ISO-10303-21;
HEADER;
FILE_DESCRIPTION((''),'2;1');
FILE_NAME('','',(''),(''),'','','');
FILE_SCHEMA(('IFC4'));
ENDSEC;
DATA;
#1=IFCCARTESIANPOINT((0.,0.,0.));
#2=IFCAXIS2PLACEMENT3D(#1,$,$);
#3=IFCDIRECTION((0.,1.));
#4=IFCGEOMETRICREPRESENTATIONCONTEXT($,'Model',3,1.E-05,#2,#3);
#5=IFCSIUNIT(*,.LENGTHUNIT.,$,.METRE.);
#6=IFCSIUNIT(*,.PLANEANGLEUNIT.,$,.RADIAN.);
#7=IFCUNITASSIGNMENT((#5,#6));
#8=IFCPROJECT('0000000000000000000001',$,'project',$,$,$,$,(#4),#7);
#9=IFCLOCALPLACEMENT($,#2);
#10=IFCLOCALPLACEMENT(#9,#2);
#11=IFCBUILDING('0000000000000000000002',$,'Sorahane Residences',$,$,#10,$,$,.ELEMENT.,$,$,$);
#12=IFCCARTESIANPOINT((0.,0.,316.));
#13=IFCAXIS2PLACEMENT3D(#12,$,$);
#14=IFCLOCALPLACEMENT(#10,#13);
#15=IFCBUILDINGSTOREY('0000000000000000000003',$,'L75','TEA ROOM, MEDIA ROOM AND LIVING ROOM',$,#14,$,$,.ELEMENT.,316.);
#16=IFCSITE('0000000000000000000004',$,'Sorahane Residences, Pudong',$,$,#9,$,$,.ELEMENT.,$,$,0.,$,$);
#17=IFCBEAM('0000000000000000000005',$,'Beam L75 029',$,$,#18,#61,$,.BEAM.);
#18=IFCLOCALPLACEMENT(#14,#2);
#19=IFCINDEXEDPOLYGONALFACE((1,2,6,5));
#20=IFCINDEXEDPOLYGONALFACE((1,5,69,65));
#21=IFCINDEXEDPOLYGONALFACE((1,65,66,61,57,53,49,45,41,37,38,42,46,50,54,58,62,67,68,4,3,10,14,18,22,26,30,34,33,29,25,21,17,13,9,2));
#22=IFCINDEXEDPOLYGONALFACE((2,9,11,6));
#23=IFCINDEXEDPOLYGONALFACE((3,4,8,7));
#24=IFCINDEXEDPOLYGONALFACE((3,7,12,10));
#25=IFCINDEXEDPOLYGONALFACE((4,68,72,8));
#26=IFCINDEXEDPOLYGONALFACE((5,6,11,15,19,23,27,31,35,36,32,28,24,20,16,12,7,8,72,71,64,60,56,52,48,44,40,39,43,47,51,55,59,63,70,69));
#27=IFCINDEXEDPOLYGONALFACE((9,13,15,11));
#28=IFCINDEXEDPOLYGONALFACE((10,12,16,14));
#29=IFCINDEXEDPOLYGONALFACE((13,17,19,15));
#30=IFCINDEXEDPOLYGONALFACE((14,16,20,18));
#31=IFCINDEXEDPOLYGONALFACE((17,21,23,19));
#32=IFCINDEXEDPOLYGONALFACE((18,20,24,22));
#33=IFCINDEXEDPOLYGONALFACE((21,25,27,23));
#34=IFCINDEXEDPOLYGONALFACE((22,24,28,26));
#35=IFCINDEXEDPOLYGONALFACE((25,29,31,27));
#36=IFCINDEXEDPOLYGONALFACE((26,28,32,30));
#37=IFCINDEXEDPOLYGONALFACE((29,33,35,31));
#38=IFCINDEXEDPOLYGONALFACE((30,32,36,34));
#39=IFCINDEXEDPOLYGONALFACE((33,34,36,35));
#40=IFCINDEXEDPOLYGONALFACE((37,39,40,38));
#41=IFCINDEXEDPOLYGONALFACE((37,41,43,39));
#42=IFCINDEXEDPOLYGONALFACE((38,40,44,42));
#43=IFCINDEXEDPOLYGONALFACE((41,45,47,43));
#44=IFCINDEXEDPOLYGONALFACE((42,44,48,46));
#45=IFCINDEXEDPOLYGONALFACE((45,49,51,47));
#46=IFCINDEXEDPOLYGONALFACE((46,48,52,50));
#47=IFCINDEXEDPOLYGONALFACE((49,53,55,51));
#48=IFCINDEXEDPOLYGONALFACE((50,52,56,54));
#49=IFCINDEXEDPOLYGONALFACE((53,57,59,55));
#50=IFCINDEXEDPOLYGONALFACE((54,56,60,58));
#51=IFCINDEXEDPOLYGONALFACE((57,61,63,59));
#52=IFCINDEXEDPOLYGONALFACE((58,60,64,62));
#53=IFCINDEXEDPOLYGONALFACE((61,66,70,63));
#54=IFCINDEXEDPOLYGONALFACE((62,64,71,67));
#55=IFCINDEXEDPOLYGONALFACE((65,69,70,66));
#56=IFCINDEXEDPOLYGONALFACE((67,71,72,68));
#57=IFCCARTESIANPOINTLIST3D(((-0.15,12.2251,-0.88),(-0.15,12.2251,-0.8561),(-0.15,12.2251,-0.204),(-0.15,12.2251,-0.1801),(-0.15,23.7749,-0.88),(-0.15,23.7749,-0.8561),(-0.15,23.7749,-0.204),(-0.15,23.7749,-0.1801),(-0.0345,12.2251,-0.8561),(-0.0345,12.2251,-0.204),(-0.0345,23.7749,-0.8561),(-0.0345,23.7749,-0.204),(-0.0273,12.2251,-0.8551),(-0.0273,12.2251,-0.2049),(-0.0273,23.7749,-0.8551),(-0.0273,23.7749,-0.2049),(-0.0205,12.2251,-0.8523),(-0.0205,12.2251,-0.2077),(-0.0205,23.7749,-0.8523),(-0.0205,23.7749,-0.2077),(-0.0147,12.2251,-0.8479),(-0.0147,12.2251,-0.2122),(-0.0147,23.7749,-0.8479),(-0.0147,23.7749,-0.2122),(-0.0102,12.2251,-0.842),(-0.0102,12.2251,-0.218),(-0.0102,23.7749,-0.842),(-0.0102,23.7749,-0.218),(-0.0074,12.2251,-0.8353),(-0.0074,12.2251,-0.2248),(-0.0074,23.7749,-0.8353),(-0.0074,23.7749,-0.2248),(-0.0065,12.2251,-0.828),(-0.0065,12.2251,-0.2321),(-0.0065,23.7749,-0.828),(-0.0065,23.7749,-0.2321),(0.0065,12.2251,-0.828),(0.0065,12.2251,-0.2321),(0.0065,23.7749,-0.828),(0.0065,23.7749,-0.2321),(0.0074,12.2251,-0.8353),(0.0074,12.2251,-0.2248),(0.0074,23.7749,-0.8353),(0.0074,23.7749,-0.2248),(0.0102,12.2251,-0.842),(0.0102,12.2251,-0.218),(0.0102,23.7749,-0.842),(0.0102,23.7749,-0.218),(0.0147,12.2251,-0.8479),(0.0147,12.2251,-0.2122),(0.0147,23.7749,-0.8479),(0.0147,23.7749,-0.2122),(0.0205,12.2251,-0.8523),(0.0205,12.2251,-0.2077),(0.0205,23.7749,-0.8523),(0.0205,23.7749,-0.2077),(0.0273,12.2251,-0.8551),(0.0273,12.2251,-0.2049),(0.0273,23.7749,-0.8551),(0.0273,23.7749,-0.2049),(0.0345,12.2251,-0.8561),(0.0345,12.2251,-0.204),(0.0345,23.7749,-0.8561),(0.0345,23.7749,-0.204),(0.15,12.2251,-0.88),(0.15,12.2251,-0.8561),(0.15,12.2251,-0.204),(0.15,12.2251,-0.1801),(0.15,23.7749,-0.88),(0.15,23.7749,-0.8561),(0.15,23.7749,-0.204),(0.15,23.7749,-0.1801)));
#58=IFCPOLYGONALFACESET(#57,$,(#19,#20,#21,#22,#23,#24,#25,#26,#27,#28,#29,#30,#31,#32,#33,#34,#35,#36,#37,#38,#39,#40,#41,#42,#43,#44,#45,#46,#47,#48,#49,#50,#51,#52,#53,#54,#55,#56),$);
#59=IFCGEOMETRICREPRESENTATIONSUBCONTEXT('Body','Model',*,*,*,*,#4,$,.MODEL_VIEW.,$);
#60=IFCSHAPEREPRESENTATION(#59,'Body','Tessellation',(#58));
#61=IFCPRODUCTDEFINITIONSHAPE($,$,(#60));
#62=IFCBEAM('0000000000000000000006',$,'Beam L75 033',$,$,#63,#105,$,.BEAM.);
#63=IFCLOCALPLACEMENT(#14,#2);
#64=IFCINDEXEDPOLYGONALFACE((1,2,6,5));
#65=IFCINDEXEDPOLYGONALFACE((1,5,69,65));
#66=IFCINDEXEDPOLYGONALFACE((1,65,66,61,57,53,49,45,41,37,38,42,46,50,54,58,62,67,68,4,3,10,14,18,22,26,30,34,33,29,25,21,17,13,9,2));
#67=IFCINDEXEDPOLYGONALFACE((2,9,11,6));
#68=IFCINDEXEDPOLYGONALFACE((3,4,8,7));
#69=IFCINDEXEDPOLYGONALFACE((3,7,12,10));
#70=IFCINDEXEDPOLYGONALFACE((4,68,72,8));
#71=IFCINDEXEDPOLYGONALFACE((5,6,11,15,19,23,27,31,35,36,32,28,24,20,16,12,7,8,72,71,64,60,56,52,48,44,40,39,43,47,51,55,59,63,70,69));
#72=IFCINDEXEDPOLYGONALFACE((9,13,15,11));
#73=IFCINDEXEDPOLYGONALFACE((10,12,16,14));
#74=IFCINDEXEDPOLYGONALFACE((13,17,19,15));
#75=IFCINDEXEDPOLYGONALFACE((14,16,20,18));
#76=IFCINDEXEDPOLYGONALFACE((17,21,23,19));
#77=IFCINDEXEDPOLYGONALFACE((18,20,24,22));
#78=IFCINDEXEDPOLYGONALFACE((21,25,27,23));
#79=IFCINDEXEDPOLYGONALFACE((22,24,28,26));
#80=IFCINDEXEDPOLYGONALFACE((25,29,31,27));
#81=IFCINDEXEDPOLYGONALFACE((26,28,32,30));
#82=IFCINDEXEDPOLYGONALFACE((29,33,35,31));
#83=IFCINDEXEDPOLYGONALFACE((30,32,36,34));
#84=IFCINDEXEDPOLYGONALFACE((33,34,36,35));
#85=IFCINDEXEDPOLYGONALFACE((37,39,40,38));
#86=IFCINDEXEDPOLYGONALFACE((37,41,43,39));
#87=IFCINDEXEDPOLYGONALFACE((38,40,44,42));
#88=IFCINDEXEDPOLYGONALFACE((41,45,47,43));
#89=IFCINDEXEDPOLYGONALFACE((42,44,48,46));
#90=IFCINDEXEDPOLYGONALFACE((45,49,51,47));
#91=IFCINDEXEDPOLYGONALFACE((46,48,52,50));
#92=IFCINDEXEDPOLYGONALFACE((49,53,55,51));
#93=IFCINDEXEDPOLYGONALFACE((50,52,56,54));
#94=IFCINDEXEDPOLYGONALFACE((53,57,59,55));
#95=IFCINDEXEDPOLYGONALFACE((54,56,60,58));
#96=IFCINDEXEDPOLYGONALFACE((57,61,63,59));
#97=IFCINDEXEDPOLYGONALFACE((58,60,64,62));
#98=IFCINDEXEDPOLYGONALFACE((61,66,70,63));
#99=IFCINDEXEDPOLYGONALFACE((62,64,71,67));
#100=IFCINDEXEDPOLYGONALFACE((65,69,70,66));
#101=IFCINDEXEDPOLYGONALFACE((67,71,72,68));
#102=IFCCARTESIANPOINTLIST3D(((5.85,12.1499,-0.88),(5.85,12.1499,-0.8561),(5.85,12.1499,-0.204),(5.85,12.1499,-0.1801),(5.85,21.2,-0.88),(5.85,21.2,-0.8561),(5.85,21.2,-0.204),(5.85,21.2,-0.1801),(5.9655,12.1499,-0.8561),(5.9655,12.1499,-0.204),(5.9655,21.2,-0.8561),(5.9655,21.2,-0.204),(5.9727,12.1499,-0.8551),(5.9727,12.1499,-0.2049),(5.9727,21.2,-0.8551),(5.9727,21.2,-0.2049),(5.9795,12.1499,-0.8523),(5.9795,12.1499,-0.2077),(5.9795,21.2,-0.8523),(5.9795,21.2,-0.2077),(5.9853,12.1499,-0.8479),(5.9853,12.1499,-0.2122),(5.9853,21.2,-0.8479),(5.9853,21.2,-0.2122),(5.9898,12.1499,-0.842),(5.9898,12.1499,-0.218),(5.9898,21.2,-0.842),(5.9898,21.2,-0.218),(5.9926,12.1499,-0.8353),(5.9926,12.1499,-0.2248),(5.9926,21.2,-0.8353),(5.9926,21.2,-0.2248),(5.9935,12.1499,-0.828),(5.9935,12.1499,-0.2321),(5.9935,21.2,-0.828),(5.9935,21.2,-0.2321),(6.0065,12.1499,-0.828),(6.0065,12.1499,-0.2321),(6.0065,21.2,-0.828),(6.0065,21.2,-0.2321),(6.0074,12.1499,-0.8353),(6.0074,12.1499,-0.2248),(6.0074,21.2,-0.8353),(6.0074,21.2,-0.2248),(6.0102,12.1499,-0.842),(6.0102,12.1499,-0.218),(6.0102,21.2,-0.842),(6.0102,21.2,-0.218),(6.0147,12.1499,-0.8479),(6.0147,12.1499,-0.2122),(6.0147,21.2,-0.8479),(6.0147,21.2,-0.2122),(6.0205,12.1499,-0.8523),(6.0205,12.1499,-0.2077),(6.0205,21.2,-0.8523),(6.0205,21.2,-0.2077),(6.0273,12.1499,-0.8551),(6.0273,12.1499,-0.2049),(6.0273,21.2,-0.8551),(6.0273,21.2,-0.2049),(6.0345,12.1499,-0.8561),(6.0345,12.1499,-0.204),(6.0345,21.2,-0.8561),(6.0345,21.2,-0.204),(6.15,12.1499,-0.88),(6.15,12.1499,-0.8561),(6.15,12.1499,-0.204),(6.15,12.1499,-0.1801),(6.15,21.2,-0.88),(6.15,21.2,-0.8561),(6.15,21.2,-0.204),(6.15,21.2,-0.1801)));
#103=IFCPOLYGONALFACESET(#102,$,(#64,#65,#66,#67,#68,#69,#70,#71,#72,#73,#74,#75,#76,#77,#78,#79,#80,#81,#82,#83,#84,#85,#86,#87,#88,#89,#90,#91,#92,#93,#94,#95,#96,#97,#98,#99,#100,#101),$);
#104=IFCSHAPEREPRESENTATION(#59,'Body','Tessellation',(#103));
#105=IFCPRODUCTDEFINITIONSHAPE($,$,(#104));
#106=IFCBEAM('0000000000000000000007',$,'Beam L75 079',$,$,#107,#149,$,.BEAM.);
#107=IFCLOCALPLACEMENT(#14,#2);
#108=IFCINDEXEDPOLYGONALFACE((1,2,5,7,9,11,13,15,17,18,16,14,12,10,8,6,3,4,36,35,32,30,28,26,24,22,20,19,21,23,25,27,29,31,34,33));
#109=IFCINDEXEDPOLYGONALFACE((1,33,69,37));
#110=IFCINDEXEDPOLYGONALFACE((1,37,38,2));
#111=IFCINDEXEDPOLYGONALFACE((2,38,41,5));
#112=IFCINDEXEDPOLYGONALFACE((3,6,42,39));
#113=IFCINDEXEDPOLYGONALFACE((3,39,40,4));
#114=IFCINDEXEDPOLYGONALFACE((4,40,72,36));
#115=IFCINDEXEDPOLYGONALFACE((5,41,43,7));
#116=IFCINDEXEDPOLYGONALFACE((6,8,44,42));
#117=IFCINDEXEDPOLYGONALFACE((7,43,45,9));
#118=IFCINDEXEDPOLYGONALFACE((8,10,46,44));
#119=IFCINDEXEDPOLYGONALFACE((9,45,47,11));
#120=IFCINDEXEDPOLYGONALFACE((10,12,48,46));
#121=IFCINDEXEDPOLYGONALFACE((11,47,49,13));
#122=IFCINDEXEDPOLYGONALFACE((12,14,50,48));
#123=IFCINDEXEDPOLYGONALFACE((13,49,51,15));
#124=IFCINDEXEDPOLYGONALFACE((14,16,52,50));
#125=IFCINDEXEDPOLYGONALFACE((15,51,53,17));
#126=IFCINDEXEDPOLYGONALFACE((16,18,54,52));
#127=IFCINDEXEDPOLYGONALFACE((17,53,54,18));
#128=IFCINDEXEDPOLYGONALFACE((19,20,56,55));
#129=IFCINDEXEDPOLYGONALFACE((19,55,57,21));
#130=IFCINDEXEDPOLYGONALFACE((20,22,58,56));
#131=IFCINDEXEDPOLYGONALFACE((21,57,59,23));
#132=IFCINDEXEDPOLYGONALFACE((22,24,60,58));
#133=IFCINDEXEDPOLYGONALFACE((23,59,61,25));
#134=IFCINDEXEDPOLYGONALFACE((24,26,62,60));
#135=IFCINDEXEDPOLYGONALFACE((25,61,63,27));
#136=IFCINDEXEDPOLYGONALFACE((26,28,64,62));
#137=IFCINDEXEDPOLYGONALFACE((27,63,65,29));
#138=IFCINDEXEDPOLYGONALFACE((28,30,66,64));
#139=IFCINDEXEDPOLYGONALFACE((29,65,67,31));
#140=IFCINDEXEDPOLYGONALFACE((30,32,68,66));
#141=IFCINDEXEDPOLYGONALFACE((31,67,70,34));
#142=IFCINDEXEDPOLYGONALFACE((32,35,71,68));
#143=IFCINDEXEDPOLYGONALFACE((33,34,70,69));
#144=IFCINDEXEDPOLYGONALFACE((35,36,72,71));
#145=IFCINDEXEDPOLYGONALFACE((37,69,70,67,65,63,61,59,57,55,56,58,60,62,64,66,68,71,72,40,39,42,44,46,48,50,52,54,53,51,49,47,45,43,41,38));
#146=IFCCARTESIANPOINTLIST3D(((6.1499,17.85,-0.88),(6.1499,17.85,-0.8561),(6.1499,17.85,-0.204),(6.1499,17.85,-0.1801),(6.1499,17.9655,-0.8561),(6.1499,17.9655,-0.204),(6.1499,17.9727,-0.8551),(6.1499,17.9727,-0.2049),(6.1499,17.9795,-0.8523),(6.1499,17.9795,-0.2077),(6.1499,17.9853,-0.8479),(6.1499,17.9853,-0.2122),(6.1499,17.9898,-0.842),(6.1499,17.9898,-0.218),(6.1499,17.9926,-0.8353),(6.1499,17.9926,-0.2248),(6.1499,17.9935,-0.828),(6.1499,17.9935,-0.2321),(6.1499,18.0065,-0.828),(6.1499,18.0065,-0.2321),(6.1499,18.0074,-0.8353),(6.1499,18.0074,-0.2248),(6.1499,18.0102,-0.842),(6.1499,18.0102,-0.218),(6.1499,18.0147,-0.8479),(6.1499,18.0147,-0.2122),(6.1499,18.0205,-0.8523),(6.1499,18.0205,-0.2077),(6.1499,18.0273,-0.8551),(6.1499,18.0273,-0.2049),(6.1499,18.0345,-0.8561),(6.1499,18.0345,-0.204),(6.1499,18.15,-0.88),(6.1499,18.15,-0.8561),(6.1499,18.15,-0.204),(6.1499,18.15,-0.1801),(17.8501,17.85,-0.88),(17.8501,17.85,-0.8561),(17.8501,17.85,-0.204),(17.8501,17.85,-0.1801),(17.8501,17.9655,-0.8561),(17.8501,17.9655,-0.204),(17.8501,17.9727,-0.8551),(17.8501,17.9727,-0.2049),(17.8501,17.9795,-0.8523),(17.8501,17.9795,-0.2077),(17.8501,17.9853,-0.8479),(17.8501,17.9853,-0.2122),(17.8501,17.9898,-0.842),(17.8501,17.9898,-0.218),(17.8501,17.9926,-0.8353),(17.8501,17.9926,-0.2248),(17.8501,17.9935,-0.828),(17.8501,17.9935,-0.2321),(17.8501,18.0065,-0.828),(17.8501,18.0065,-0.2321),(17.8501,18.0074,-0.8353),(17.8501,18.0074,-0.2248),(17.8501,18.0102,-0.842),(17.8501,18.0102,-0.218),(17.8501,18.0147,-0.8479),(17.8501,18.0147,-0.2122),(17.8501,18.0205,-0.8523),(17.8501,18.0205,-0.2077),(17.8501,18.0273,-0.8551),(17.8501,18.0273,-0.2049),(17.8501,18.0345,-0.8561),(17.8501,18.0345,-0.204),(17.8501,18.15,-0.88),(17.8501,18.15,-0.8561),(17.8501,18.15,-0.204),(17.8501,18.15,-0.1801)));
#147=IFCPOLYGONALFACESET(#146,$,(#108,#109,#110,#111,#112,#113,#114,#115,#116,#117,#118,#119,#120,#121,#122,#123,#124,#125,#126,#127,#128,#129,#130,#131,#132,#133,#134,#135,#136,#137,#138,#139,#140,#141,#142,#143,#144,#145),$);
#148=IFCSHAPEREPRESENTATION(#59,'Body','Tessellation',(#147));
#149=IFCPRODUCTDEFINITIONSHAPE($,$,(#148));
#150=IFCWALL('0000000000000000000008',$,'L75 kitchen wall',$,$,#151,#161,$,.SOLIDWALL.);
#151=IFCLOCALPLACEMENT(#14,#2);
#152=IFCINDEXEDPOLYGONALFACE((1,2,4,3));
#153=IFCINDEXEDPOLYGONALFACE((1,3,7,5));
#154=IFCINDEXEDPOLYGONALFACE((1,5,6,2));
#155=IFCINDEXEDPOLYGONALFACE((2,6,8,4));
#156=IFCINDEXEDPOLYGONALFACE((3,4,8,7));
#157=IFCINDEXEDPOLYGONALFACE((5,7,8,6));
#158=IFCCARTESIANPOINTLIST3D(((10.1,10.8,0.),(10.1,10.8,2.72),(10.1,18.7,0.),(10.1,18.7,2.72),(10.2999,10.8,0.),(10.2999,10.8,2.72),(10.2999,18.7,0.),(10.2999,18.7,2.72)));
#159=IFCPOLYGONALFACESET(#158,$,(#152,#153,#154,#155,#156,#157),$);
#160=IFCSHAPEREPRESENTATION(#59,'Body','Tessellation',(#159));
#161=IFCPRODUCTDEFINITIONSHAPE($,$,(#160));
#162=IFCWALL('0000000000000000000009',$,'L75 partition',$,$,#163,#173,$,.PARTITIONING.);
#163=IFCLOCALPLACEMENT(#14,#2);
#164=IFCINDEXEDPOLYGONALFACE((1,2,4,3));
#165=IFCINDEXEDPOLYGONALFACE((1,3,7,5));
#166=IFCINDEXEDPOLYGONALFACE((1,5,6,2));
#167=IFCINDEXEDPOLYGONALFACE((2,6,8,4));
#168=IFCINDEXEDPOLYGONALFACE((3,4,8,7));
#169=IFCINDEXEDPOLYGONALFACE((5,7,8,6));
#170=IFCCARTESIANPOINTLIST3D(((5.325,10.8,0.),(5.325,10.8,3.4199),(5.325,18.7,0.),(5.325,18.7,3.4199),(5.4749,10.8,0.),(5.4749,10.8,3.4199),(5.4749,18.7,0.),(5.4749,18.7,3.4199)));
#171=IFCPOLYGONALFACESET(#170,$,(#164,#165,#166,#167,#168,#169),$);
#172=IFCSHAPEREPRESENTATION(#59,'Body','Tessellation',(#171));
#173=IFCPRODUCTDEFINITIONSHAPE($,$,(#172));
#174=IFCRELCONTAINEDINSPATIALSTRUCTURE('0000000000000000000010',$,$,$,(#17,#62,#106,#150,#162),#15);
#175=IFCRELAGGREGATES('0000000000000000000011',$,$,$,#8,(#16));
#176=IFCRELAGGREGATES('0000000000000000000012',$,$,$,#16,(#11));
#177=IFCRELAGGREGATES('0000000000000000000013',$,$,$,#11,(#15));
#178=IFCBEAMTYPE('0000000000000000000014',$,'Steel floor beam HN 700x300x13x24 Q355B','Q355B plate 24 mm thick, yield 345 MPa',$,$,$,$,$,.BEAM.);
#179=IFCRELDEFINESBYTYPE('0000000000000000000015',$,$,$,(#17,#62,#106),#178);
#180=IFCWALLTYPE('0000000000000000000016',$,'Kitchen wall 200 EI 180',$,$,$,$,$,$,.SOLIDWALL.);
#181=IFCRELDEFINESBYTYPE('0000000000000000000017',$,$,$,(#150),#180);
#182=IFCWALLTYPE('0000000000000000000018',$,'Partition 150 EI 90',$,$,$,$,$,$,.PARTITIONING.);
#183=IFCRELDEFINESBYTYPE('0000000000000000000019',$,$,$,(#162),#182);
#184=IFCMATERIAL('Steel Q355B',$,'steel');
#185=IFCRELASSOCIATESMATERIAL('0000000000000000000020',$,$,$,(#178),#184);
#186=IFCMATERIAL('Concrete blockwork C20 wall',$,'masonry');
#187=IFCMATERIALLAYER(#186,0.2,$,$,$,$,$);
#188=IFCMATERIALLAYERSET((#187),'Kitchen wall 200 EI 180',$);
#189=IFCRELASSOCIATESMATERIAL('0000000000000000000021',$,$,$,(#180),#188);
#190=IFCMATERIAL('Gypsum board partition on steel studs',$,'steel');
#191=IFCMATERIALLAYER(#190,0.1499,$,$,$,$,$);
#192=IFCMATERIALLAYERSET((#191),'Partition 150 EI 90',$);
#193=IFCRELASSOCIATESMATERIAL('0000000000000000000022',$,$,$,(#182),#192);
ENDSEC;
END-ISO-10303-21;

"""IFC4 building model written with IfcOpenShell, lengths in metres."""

from ifc_helpers import new_model, si_unit, direction, frame, frame_2d, origin, origin_2d, place, context, subcontext, project, spatial, rectangle, i_section, extrude, material, layer, layer_set, material_profile, profile_set, type_object, element, save


model = new_model("IFC4")

# Units and contexts
model_context = context("Model", 3, precision=1e-05, world=origin(), true_north=direction((0.0, 1.0)))
body_context = subcontext(model_context, "Body", "Model", "MODEL_VIEW")
ifc_project = project(units=[si_unit("LENGTHUNIT", "METRE"), si_unit("PLANEANGLEUNIT", "RADIAN")], contexts=[model_context])

# Site, building, storey
site_placement = place(None, origin())
site = spatial("IfcSite", under=ifc_project, at=site_placement, Name="Sorahane Residences, Pudong", CompositionType="ELEMENT", RefElevation=0.0)
building_placement = place(site_placement, origin())
building = spatial("IfcBuilding", under=site, at=building_placement, Name="Sorahane Residences", CompositionType="ELEMENT")
storey_placement = place(building_placement, frame((0.0, 0.0, 316.0)))
storey = spatial("IfcBuildingStorey", under=building, at=storey_placement, Name="L75", Description="TEA ROOM, MEDIA ROOM AND LIVING ROOM", CompositionType="ELEMENT", Elevation=316.0)

# Beams
ifc_material_1 = material(Name="Steel Q355B", Category="steel")
ifc_material_profile_1 = material_profile(ifc_material_1, i_section(OverallWidth=0.3, OverallDepth=0.7, WebThickness=0.0129, FlangeThickness=0.0239, FilletRadius=0.0281, at=origin_2d()), Name="HN 700x300x13x24")
ifc_profile_set_1 = profile_set([ifc_material_profile_1], Name="Steel Q355B")
beam_type_1 = type_object("IfcBeamType", Name="Steel floor beam HN 700x300x13x24 Q355B", Description="Q355B plate 24 mm thick, yield 345 MPa", PredefinedType="BEAM", material=ifc_profile_set_1)
for number, where, z_axis, x_axis, name in (
    (1, (0.0, 12.2251, -0.53), (0.0, 1.0, 0.0), (-1.0, 0.0, 0.0), "Beam L75 029"),
):
    element("IfcBeam", number, at=place(storey_placement, frame(where, z_axis=z_axis, x_axis=x_axis)), inside=storey, type_object=beam_type_1, Name=name, PredefinedType="BEAM", context=body_context, shape_type="SweptSolid", body=[
        extrude(i_section(OverallWidth=0.3, OverallDepth=0.7, WebThickness=0.0129, FlangeThickness=0.0239, FilletRadius=0.0281, at=origin_2d()), origin(), (0.0, 0.0, 1.0), 11.5498),
    ])
beam_1_placement = place(storey_placement, frame((6.0, 12.1499, -0.53), z_axis=(0.0, 1.0, 0.0), x_axis=(-1.0, 0.0, 0.0)))
element("IfcBeam", 2, at=beam_1_placement, inside=storey, type_object=beam_type_1, Name="Beam L75 033", PredefinedType="BEAM", context=body_context, shape_type="SweptSolid", body=[
    extrude(i_section(OverallWidth=0.3, OverallDepth=0.7, WebThickness=0.0129, FlangeThickness=0.0239, FilletRadius=0.0281, at=origin_2d()), origin(), (0.0, 0.0, 1.0), 9.05),
])
beam_2_placement = place(storey_placement, frame((6.1499, 18.0, -0.53), z_axis=(1.0, 0.0, 0.0), x_axis=(0.0, 1.0, 0.0)))
element("IfcBeam", 3, at=beam_2_placement, inside=storey, type_object=beam_type_1, Name="Beam L75 079", PredefinedType="BEAM", context=body_context, shape_type="SweptSolid", body=[
    extrude(i_section(OverallWidth=0.3, OverallDepth=0.7, WebThickness=0.0129, FlangeThickness=0.0239, FilletRadius=0.0281, at=origin_2d()), origin(), (0.0, 0.0, 1.0), 11.7002),
])

# Wall
ifc_material_2 = material(Name="Concrete blockwork C20 wall", Category="masonry")
ifc_layer_1 = layer(ifc_material_2, 0.2)
ifc_layer_set_1 = layer_set([ifc_layer_1], Name="Kitchen wall 200 EI 180")
wall_type_1 = type_object("IfcWallType", Name="Kitchen wall 200 EI 180", PredefinedType="SOLIDWALL", material=ifc_layer_set_1)
wall_1_placement = place(storey_placement, frame((10.2, 10.8, 0.0), z_axis=(0.0, 0.0, 1.0), x_axis=(0.0, 1.0, 0.0)))
element("IfcWall", 4, at=wall_1_placement, inside=storey, type_object=wall_type_1, Name="L75 kitchen wall", PredefinedType="SOLIDWALL", context=body_context, shape_type="SweptSolid", body=[
    extrude(rectangle(XDim=7.8999, YDim=0.2, at=frame_2d((3.95, 0.0))), origin(), (0.0, 0.0, 1.0), 2.72),
])

# Wall
ifc_material_3 = material(Name="Gypsum board partition on steel studs", Category="steel")
ifc_layer_2 = layer(ifc_material_3, 0.1499)
ifc_layer_set_2 = layer_set([ifc_layer_2], Name="Partition 150 EI 90")
wall_type_2 = type_object("IfcWallType", Name="Partition 150 EI 90", PredefinedType="PARTITIONING", material=ifc_layer_set_2)
wall_2_placement = place(storey_placement, frame((5.3999, 10.8, 0.0), z_axis=(0.0, 0.0, 1.0), x_axis=(0.0, 1.0, 0.0)))
element("IfcWall", 5, at=wall_2_placement, inside=storey, type_object=wall_type_2, Name="L75 partition", PredefinedType="PARTITIONING", context=body_context, shape_type="SweptSolid", body=[
    extrude(rectangle(XDim=7.8999, YDim=0.1499, at=frame_2d((3.95, 0.0))), origin(), (0.0, 0.0, 1.0), 3.4199),
])

save(model, "model.ifc")
